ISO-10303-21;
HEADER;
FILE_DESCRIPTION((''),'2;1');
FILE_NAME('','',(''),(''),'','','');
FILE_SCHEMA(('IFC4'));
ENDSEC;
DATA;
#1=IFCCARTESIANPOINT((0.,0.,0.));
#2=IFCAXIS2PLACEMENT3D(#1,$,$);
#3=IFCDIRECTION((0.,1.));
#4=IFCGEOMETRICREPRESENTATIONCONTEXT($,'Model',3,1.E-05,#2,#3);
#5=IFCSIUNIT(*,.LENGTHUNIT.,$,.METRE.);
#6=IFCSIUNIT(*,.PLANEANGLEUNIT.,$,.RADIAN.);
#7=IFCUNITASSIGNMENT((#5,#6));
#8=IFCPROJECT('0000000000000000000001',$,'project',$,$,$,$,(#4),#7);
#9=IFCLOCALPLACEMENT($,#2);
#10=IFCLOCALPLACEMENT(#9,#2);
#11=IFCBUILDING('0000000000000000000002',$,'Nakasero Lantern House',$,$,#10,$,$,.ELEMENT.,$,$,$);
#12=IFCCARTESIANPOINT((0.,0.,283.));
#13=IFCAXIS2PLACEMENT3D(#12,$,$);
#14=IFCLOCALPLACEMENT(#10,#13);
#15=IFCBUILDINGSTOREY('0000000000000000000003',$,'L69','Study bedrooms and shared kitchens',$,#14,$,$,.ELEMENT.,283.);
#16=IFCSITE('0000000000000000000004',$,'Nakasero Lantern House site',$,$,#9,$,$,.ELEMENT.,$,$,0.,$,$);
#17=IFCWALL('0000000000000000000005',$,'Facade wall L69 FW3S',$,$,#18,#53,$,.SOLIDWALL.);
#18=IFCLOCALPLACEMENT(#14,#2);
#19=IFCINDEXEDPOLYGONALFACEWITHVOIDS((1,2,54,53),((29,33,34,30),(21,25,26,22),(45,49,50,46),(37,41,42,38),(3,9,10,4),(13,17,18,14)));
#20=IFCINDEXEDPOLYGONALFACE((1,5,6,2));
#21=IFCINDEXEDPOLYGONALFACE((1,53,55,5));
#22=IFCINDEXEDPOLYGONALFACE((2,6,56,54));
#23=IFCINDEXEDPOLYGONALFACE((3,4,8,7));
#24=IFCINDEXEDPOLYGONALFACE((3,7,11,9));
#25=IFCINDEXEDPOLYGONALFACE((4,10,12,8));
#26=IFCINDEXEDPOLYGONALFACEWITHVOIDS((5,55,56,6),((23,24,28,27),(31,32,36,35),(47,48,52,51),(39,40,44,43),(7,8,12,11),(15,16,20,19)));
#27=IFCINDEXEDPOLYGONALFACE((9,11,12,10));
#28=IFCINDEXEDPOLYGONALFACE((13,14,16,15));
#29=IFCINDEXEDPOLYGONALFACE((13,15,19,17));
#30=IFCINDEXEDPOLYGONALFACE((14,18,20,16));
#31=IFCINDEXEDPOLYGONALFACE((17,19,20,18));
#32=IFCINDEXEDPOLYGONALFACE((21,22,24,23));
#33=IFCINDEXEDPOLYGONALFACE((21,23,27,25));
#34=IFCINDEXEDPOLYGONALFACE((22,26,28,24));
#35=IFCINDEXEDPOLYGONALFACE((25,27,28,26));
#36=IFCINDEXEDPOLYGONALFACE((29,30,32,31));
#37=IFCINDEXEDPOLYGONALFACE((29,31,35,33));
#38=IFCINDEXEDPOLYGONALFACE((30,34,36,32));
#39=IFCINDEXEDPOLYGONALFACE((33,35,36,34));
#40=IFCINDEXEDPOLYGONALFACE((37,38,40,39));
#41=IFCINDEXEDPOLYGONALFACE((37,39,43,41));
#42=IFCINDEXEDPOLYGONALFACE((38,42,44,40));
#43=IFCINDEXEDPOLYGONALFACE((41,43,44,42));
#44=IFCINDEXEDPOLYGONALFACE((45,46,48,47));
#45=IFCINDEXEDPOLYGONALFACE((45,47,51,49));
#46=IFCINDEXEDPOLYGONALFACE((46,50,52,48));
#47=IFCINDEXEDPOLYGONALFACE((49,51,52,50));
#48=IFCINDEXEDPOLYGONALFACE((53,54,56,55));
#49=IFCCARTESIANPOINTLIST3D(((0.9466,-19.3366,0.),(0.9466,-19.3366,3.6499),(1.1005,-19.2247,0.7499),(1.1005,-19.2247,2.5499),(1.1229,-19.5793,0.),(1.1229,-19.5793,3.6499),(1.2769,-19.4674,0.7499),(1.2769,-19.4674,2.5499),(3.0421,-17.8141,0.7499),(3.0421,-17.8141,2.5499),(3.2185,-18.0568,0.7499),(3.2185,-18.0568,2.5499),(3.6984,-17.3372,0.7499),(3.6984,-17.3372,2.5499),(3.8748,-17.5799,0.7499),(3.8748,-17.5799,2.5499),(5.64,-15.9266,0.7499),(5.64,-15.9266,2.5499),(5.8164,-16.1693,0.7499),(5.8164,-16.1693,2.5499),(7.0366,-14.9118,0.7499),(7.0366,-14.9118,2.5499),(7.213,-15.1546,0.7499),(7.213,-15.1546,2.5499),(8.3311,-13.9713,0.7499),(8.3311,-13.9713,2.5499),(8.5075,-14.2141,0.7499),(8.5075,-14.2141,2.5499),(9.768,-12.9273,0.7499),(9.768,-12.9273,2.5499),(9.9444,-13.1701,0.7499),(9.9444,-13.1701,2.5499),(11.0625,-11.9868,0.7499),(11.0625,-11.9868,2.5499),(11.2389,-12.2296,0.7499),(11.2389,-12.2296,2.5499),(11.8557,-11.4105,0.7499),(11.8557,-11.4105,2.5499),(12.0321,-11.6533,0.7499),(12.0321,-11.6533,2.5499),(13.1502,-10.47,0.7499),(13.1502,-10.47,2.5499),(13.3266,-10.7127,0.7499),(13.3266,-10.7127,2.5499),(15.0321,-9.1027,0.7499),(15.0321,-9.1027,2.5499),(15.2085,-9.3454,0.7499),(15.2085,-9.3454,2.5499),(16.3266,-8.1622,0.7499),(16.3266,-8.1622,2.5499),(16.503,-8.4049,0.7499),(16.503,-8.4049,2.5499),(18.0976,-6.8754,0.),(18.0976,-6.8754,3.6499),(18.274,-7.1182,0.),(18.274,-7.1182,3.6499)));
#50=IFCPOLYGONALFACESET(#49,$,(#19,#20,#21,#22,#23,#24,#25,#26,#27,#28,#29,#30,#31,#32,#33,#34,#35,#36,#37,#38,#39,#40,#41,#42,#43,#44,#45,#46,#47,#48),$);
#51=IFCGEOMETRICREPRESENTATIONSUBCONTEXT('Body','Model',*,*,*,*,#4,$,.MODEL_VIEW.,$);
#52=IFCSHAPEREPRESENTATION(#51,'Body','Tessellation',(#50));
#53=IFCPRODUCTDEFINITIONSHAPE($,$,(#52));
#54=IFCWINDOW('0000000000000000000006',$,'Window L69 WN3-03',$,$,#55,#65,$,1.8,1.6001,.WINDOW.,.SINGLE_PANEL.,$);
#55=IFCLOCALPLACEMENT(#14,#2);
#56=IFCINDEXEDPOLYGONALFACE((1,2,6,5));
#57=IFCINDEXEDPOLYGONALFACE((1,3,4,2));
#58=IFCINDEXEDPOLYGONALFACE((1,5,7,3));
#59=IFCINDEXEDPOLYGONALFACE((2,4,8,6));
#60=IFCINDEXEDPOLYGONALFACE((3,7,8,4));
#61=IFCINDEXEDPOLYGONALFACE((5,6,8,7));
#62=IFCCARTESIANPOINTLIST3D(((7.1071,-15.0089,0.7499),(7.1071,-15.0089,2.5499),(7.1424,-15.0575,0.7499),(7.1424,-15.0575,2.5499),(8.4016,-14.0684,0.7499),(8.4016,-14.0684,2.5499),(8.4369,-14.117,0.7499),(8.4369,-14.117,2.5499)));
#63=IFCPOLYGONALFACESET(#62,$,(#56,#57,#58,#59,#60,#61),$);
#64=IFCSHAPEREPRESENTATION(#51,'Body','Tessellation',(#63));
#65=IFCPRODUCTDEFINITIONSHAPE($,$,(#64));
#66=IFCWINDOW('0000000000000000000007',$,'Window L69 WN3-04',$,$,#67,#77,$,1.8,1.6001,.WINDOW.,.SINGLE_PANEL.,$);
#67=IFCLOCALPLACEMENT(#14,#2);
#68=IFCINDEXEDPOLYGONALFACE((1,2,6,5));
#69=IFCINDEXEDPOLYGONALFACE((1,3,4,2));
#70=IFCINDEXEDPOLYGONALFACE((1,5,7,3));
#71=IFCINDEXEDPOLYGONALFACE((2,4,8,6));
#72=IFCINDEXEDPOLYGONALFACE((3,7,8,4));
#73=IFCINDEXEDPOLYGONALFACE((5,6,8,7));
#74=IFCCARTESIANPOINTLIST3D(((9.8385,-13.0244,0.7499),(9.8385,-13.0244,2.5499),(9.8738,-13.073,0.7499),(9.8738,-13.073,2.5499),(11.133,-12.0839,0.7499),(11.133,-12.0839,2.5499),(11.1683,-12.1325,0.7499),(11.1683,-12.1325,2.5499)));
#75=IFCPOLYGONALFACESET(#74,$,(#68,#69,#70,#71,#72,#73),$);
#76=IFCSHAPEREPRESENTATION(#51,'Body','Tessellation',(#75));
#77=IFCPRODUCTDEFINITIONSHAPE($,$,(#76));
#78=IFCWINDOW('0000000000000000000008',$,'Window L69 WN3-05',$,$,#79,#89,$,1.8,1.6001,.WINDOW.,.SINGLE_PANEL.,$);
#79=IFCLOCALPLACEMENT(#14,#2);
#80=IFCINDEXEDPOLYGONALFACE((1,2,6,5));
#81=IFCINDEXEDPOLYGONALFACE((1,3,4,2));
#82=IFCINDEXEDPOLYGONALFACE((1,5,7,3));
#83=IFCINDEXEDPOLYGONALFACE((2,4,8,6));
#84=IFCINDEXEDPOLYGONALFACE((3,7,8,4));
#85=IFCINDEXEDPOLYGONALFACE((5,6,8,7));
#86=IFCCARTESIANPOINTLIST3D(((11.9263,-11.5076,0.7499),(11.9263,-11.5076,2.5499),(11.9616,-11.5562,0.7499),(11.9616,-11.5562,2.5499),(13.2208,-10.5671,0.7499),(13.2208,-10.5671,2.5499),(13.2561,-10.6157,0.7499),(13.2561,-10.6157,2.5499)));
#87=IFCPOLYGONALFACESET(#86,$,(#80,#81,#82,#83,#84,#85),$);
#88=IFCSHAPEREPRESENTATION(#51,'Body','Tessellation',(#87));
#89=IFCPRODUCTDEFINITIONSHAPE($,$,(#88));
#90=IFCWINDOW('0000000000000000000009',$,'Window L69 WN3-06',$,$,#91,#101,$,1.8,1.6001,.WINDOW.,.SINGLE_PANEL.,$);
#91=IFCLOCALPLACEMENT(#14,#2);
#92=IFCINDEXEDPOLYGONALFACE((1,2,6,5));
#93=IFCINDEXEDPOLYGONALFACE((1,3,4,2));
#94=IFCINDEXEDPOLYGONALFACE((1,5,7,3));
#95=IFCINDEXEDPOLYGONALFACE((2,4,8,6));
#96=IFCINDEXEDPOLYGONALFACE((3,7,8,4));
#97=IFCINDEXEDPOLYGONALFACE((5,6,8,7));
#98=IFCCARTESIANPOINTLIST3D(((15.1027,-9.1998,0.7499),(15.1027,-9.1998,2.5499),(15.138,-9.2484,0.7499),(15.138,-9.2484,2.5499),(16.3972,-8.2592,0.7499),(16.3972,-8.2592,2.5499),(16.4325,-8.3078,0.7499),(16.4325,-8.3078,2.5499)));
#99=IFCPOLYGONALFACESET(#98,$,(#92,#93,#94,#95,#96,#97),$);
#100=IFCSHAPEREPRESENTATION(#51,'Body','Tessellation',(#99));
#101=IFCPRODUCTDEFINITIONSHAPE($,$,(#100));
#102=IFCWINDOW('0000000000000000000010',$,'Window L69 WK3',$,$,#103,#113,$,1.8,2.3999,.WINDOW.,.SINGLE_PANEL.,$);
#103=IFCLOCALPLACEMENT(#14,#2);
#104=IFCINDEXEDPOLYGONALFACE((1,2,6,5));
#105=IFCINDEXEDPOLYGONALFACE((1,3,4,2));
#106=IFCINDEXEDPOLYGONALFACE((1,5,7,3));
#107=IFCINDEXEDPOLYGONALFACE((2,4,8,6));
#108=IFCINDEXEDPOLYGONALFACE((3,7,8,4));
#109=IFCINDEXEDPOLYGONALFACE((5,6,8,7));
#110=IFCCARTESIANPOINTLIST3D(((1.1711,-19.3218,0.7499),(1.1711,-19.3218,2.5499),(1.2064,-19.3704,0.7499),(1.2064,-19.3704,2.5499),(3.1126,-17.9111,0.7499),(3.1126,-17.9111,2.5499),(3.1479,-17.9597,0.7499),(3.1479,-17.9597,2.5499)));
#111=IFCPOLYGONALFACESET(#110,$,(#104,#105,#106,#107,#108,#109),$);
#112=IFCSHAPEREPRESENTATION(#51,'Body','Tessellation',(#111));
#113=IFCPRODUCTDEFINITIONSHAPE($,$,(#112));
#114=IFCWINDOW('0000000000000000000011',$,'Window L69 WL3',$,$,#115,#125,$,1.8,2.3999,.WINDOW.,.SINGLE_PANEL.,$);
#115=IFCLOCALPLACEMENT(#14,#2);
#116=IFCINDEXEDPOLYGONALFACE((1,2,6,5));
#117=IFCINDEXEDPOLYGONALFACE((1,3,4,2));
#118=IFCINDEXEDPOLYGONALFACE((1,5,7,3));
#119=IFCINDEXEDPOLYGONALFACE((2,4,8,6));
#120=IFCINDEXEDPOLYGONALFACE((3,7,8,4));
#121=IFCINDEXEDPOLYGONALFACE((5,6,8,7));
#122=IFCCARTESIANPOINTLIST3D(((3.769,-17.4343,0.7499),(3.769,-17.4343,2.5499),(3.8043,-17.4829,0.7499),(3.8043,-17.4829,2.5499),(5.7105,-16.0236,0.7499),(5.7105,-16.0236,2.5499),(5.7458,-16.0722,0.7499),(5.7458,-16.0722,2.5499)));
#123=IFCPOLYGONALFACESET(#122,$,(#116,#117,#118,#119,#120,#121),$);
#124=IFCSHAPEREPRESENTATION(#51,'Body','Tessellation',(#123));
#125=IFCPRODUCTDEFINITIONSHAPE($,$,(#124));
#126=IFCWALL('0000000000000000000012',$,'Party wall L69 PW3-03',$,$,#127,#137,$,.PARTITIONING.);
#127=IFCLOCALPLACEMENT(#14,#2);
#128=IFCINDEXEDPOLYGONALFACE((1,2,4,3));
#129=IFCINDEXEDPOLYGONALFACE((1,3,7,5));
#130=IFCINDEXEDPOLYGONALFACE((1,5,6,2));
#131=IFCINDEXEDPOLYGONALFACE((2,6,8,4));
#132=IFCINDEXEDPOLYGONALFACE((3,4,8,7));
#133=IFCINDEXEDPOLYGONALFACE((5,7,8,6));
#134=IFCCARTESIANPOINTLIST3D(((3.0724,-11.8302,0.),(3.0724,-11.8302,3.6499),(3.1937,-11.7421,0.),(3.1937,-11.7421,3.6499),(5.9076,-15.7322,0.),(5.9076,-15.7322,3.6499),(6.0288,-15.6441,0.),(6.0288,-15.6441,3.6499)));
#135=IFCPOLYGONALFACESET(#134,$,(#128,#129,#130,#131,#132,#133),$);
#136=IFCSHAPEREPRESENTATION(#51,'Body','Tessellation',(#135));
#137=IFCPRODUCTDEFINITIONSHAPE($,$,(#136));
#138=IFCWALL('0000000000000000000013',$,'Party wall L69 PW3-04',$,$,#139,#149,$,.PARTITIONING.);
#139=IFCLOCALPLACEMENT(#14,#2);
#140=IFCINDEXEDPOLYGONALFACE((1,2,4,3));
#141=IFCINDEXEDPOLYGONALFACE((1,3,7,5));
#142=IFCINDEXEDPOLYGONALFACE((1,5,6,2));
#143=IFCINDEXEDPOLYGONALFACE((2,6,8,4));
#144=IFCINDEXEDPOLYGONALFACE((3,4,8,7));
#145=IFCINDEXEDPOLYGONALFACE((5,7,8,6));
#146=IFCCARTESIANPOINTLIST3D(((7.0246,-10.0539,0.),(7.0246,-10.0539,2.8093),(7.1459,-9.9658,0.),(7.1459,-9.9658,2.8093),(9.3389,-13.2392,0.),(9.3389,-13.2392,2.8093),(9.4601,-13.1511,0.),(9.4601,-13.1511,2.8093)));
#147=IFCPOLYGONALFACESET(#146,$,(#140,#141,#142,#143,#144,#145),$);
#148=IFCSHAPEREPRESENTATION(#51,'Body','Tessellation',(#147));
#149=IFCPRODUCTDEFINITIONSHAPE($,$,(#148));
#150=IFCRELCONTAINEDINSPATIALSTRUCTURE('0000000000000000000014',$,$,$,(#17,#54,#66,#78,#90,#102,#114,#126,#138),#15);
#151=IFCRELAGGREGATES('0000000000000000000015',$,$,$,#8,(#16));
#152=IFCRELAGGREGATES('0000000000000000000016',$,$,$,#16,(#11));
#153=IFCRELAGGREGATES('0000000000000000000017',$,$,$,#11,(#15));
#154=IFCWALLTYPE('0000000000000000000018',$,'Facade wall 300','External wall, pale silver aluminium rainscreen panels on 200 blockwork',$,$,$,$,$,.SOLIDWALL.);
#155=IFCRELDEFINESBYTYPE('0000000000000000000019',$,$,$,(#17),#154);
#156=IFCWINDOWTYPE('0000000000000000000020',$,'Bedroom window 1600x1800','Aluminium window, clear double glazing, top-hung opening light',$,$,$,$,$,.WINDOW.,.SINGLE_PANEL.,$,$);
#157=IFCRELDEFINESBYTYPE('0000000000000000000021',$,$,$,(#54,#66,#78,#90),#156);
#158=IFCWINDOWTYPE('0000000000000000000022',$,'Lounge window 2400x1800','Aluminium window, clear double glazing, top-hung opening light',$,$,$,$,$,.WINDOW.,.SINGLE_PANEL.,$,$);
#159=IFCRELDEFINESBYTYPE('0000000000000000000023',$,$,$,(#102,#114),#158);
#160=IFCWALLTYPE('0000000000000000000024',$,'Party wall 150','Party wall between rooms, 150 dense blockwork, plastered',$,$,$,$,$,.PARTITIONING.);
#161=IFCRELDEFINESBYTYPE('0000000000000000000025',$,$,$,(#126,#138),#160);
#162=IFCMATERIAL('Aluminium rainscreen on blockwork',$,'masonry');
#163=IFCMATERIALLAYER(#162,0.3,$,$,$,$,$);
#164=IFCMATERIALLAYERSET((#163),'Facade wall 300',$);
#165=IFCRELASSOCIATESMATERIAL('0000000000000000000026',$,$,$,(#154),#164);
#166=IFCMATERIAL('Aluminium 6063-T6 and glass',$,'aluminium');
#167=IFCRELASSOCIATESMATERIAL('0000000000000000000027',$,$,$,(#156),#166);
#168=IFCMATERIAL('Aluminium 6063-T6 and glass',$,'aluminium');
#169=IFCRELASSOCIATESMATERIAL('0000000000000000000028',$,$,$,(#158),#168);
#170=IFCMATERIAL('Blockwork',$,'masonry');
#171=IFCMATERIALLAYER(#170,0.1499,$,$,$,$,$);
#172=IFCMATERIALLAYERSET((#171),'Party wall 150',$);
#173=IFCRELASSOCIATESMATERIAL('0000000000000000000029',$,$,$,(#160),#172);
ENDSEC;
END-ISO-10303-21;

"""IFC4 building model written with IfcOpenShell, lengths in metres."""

from ifc_helpers import new_model, si_unit, direction, frame, frame_2d, origin, place, context, subcontext, project, spatial, rectangle, extrude, material, layer, layer_set, type_object, element, fill, save


model = new_model("IFC4")

# Units and contexts
model_context = context("Model", 3, precision=1e-05, world=origin(), true_north=direction((0.0, 1.0)))
body_context = subcontext(model_context, "Body", "Model", "MODEL_VIEW")
ifc_project = project(units=[si_unit("LENGTHUNIT", "METRE"), si_unit("PLANEANGLEUNIT", "RADIAN")], contexts=[model_context])

# Site, building, storey
site_placement = place(None, origin())
site = spatial("IfcSite", under=ifc_project, at=site_placement, Name="Nakasero Lantern House site", CompositionType="ELEMENT", RefElevation=0.0)
building_placement = place(site_placement, origin())
building = spatial("IfcBuilding", under=site, at=building_placement, Name="Nakasero Lantern House", CompositionType="ELEMENT")
storey_placement = place(building_placement, frame((0.0, 0.0, 283.0)))
storey = spatial("IfcBuildingStorey", under=building, at=storey_placement, Name="L69", Description="Study bedrooms and shared kitchens", CompositionType="ELEMENT", Elevation=283.0)

# Wall, openings, windows
ifc_material_1 = material(Name="Aluminium rainscreen on blockwork", Category="masonry")
ifc_layer_1 = layer(ifc_material_1, 0.3)
ifc_layer_set_1 = layer_set([ifc_layer_1], Name="Facade wall 300")
wall_type_1 = type_object("IfcWallType", Name="Facade wall 300", Description="External wall, pale silver aluminium rainscreen panels on 200 blockwork", PredefinedType="SOLIDWALL", material=ifc_layer_set_1)
wall_1_placement = place(storey_placement, frame((1.0347, -19.458, 0.0), z_axis=(0.0, 0.0, 1.0), x_axis=(0.809013, 0.58779, 0.0)))
wall_1 = element("IfcWall", 1, at=wall_1_placement, inside=storey, type_object=wall_type_1, Name="Facade wall L69 FW3S", PredefinedType="SOLIDWALL", context=body_context, shape_type="SweptSolid", body=[
    extrude(rectangle(XDim=21.2, YDim=0.3, at=frame_2d((10.6001, 0.0))), origin(), (0.0, 0.0, 1.0), 3.6499),
])
opening_1_placement = place(wall_1_placement, frame((7.5278, 0.0, 0.75)))
opening_1 = element("IfcOpeningElement", 2, at=opening_1_placement, cuts=wall_1, PredefinedType="OPENING", context=body_context, shape_type="SweptSolid", body=[
    extrude(rectangle(XDim=1.6001, YDim=1.8, at=frame_2d((0.8, 0.8999))), frame((0.0, 0.1699, 0.0), z_axis=(0.0, -1.0, 0.0), x_axis=(1.0, 0.0, 0.0)), (0.0, 0.0, 1.0), 0.3401),
])
opening_2_placement = place(wall_1_placement, frame((10.9041, 0.0, 0.75)))
opening_2 = element("IfcOpeningElement", 3, at=opening_2_placement, cuts=wall_1, PredefinedType="OPENING", context=body_context, shape_type="SweptSolid", body=[
    extrude(rectangle(XDim=1.6001, YDim=1.8, at=frame_2d((0.8, 0.8999))), frame((0.0, 0.1699, 0.0), z_axis=(0.0, -1.0, 0.0), x_axis=(1.0, 0.0, 0.0)), (0.0, 0.0, 1.0), 0.3401),
])
opening_3_placement = place(wall_1_placement, frame((13.4846, 0.0, 0.75)))
opening_3 = element("IfcOpeningElement", 4, at=opening_3_placement, cuts=wall_1, PredefinedType="OPENING", context=body_context, shape_type="SweptSolid", body=[
    extrude(rectangle(XDim=1.6001, YDim=1.8, at=frame_2d((0.8, 0.8999))), frame((0.0, 0.1699, 0.0), z_axis=(0.0, -1.0, 0.0), x_axis=(1.0, 0.0, 0.0)), (0.0, 0.0, 1.0), 0.3401),
])
opening_4_placement = place(wall_1_placement, frame((17.4109, 0.0, 0.75)))
opening_4 = element("IfcOpeningElement", 5, at=opening_4_placement, cuts=wall_1, PredefinedType="OPENING", context=body_context, shape_type="SweptSolid", body=[
    extrude(rectangle(XDim=1.6001, YDim=1.8, at=frame_2d((0.8, 0.8999))), frame((0.0, 0.1699, 0.0), z_axis=(0.0, -1.0, 0.0), x_axis=(1.0, 0.0, 0.0)), (0.0, 0.0, 1.0), 0.3401),
])
opening_5_placement = place(wall_1_placement, frame((0.1904, 0.0, 0.75)))
opening_5 = element("IfcOpeningElement", 6, at=opening_5_placement, cuts=wall_1, PredefinedType="OPENING", context=body_context, shape_type="SweptSolid", body=[
    extrude(rectangle(XDim=2.3999, YDim=1.8, at=frame_2d((1.2, 0.8999))), frame((0.0, 0.1699, 0.0), z_axis=(0.0, -1.0, 0.0), x_axis=(1.0, 0.0, 0.0)), (0.0, 0.0, 1.0), 0.3401),
])
opening_6_placement = place(wall_1_placement, frame((3.4016, 0.0, 0.75)))
opening_6 = element("IfcOpeningElement", 7, at=opening_6_placement, cuts=wall_1, PredefinedType="OPENING", context=body_context, shape_type="SweptSolid", body=[
    extrude(rectangle(XDim=2.3999, YDim=1.8, at=frame_2d((1.2, 0.8999))), frame((0.0, 0.1699, 0.0), z_axis=(0.0, -1.0, 0.0), x_axis=(1.0, 0.0, 0.0)), (0.0, 0.0, 1.0), 0.3401),
])
ifc_material_2 = material(Name="Aluminium 6063-T6 and glass", Category="aluminium")
window_type_1 = type_object("IfcWindowType", Name="Bedroom window 1600x1800", Description="Aluminium window, clear double glazing, top-hung opening light", PartitioningType="SINGLE_PANEL", PredefinedType="WINDOW", material=ifc_material_2)
window_1_placement = place(opening_1_placement, origin())
window_1 = element("IfcWindow", 8, at=window_1_placement, inside=storey, type_object=window_type_1, Name="Window L69 WN3-03", OverallHeight=1.8, OverallWidth=1.6001, PartitioningType="SINGLE_PANEL", PredefinedType="WINDOW", context=body_context, shape_type="SweptSolid", body=[
    extrude(rectangle(XDim=1.6001, YDim=1.8, at=frame_2d((0.8, 0.8999))), frame((0.0, 0.03, 0.0), z_axis=(0.0, -1.0, 0.0), x_axis=(1.0, 0.0, 0.0)), (0.0, 0.0, 1.0), 0.0601),
])
fill(opening_1, window_1)
window_2_placement = place(opening_2_placement, origin())
window_2 = element("IfcWindow", 9, at=window_2_placement, inside=storey, type_object=window_type_1, Name="Window L69 WN3-04", OverallHeight=1.8, OverallWidth=1.6001, PartitioningType="SINGLE_PANEL", PredefinedType="WINDOW", context=body_context, shape_type="SweptSolid", body=[
    extrude(rectangle(XDim=1.6001, YDim=1.8, at=frame_2d((0.8, 0.8999))), frame((0.0, 0.03, 0.0), z_axis=(0.0, -1.0, 0.0), x_axis=(1.0, 0.0, 0.0)), (0.0, 0.0, 1.0), 0.0601),
])
fill(opening_2, window_2)
window_3_placement = place(opening_3_placement, origin())
window_3 = element("IfcWindow", 10, at=window_3_placement, inside=storey, type_object=window_type_1, Name="Window L69 WN3-05", OverallHeight=1.8, OverallWidth=1.6001, PartitioningType="SINGLE_PANEL", PredefinedType="WINDOW", context=body_context, shape_type="SweptSolid", body=[
    extrude(rectangle(XDim=1.6001, YDim=1.8, at=frame_2d((0.8, 0.8999))), frame((0.0, 0.03, 0.0), z_axis=(0.0, -1.0, 0.0), x_axis=(1.0, 0.0, 0.0)), (0.0, 0.0, 1.0), 0.0601),
])
fill(opening_3, window_3)
window_4_placement = place(opening_4_placement, origin())
window_4 = element("IfcWindow", 11, at=window_4_placement, inside=storey, type_object=window_type_1, Name="Window L69 WN3-06", OverallHeight=1.8, OverallWidth=1.6001, PartitioningType="SINGLE_PANEL", PredefinedType="WINDOW", context=body_context, shape_type="SweptSolid", body=[
    extrude(rectangle(XDim=1.6001, YDim=1.8, at=frame_2d((0.8, 0.8999))), frame((0.0, 0.03, 0.0), z_axis=(0.0, -1.0, 0.0), x_axis=(1.0, 0.0, 0.0)), (0.0, 0.0, 1.0), 0.0601),
])
fill(opening_4, window_4)
ifc_material_3 = material(Name="Aluminium 6063-T6 and glass", Category="aluminium")
window_type_2 = type_object("IfcWindowType", Name="Lounge window 2400x1800", Description="Aluminium window, clear double glazing, top-hung opening light", PartitioningType="SINGLE_PANEL", PredefinedType="WINDOW", material=ifc_material_3)
window_5_placement = place(opening_5_placement, origin())
window_5 = element("IfcWindow", 12, at=window_5_placement, inside=storey, type_object=window_type_2, Name="Window L69 WK3", OverallHeight=1.8, OverallWidth=2.3999, PartitioningType="SINGLE_PANEL", PredefinedType="WINDOW", context=body_context, shape_type="SweptSolid", body=[
    extrude(rectangle(XDim=2.3999, YDim=1.8, at=frame_2d((1.2, 0.8999))), frame((0.0, 0.03, 0.0), z_axis=(0.0, -1.0, 0.0), x_axis=(1.0, 0.0, 0.0)), (0.0, 0.0, 1.0), 0.0601),
])
fill(opening_5, window_5)
window_6_placement = place(opening_6_placement, origin())
window_6 = element("IfcWindow", 13, at=window_6_placement, inside=storey, type_object=window_type_2, Name="Window L69 WL3", OverallHeight=1.8, OverallWidth=2.3999, PartitioningType="SINGLE_PANEL", PredefinedType="WINDOW", context=body_context, shape_type="SweptSolid", body=[
    extrude(rectangle(XDim=2.3999, YDim=1.8, at=frame_2d((1.2, 0.8999))), frame((0.0, 0.03, 0.0), z_axis=(0.0, -1.0, 0.0), x_axis=(1.0, 0.0, 0.0)), (0.0, 0.0, 1.0), 0.0601),
])
fill(opening_6, window_6)

# Walls
ifc_material_4 = material(Name="Blockwork", Category="masonry")
ifc_layer_2 = layer(ifc_material_4, 0.1499)
ifc_layer_set_2 = layer_set([ifc_layer_2], Name="Party wall 150")
wall_type_2 = type_object("IfcWallType", Name="Party wall 150", Description="Party wall between rooms, 150 dense blockwork, plastered", PredefinedType="PARTITIONING", material=ifc_layer_set_2)
wall_2_placement = place(storey_placement, frame((3.1331, -11.7861, 0.0), z_axis=(0.0, 0.0, 1.0), x_axis=(0.587807, -0.809001, 0.0)))
element("IfcWall", 14, at=wall_2_placement, inside=storey, type_object=wall_type_2, Name="Party wall L69 PW3-03", PredefinedType="PARTITIONING", context=body_context, shape_type="SweptSolid", body=[
    extrude(rectangle(XDim=4.8232, YDim=0.1499, at=frame_2d((2.4116, 0.0))), origin(), (0.0, 0.0, 1.0), 3.6499),
])
wall_3_placement = place(storey_placement, frame((7.0852, -10.0098, 0.0), z_axis=(0.0, 0.0, 1.0), x_axis=(0.587777, -0.809023, 0.0)))
element("IfcWall", 15, at=wall_3_placement, inside=storey, type_object=wall_type_2, Name="Party wall L69 PW3-04", PredefinedType="PARTITIONING", context=body_context, shape_type="SweptSolid", body=[
    extrude(rectangle(XDim=3.9373, YDim=0.1499, at=frame_2d((1.9688, 0.0))), origin(), (0.0, 0.0, 1.0), 2.8093),
])

save(model, "model.ifc")
